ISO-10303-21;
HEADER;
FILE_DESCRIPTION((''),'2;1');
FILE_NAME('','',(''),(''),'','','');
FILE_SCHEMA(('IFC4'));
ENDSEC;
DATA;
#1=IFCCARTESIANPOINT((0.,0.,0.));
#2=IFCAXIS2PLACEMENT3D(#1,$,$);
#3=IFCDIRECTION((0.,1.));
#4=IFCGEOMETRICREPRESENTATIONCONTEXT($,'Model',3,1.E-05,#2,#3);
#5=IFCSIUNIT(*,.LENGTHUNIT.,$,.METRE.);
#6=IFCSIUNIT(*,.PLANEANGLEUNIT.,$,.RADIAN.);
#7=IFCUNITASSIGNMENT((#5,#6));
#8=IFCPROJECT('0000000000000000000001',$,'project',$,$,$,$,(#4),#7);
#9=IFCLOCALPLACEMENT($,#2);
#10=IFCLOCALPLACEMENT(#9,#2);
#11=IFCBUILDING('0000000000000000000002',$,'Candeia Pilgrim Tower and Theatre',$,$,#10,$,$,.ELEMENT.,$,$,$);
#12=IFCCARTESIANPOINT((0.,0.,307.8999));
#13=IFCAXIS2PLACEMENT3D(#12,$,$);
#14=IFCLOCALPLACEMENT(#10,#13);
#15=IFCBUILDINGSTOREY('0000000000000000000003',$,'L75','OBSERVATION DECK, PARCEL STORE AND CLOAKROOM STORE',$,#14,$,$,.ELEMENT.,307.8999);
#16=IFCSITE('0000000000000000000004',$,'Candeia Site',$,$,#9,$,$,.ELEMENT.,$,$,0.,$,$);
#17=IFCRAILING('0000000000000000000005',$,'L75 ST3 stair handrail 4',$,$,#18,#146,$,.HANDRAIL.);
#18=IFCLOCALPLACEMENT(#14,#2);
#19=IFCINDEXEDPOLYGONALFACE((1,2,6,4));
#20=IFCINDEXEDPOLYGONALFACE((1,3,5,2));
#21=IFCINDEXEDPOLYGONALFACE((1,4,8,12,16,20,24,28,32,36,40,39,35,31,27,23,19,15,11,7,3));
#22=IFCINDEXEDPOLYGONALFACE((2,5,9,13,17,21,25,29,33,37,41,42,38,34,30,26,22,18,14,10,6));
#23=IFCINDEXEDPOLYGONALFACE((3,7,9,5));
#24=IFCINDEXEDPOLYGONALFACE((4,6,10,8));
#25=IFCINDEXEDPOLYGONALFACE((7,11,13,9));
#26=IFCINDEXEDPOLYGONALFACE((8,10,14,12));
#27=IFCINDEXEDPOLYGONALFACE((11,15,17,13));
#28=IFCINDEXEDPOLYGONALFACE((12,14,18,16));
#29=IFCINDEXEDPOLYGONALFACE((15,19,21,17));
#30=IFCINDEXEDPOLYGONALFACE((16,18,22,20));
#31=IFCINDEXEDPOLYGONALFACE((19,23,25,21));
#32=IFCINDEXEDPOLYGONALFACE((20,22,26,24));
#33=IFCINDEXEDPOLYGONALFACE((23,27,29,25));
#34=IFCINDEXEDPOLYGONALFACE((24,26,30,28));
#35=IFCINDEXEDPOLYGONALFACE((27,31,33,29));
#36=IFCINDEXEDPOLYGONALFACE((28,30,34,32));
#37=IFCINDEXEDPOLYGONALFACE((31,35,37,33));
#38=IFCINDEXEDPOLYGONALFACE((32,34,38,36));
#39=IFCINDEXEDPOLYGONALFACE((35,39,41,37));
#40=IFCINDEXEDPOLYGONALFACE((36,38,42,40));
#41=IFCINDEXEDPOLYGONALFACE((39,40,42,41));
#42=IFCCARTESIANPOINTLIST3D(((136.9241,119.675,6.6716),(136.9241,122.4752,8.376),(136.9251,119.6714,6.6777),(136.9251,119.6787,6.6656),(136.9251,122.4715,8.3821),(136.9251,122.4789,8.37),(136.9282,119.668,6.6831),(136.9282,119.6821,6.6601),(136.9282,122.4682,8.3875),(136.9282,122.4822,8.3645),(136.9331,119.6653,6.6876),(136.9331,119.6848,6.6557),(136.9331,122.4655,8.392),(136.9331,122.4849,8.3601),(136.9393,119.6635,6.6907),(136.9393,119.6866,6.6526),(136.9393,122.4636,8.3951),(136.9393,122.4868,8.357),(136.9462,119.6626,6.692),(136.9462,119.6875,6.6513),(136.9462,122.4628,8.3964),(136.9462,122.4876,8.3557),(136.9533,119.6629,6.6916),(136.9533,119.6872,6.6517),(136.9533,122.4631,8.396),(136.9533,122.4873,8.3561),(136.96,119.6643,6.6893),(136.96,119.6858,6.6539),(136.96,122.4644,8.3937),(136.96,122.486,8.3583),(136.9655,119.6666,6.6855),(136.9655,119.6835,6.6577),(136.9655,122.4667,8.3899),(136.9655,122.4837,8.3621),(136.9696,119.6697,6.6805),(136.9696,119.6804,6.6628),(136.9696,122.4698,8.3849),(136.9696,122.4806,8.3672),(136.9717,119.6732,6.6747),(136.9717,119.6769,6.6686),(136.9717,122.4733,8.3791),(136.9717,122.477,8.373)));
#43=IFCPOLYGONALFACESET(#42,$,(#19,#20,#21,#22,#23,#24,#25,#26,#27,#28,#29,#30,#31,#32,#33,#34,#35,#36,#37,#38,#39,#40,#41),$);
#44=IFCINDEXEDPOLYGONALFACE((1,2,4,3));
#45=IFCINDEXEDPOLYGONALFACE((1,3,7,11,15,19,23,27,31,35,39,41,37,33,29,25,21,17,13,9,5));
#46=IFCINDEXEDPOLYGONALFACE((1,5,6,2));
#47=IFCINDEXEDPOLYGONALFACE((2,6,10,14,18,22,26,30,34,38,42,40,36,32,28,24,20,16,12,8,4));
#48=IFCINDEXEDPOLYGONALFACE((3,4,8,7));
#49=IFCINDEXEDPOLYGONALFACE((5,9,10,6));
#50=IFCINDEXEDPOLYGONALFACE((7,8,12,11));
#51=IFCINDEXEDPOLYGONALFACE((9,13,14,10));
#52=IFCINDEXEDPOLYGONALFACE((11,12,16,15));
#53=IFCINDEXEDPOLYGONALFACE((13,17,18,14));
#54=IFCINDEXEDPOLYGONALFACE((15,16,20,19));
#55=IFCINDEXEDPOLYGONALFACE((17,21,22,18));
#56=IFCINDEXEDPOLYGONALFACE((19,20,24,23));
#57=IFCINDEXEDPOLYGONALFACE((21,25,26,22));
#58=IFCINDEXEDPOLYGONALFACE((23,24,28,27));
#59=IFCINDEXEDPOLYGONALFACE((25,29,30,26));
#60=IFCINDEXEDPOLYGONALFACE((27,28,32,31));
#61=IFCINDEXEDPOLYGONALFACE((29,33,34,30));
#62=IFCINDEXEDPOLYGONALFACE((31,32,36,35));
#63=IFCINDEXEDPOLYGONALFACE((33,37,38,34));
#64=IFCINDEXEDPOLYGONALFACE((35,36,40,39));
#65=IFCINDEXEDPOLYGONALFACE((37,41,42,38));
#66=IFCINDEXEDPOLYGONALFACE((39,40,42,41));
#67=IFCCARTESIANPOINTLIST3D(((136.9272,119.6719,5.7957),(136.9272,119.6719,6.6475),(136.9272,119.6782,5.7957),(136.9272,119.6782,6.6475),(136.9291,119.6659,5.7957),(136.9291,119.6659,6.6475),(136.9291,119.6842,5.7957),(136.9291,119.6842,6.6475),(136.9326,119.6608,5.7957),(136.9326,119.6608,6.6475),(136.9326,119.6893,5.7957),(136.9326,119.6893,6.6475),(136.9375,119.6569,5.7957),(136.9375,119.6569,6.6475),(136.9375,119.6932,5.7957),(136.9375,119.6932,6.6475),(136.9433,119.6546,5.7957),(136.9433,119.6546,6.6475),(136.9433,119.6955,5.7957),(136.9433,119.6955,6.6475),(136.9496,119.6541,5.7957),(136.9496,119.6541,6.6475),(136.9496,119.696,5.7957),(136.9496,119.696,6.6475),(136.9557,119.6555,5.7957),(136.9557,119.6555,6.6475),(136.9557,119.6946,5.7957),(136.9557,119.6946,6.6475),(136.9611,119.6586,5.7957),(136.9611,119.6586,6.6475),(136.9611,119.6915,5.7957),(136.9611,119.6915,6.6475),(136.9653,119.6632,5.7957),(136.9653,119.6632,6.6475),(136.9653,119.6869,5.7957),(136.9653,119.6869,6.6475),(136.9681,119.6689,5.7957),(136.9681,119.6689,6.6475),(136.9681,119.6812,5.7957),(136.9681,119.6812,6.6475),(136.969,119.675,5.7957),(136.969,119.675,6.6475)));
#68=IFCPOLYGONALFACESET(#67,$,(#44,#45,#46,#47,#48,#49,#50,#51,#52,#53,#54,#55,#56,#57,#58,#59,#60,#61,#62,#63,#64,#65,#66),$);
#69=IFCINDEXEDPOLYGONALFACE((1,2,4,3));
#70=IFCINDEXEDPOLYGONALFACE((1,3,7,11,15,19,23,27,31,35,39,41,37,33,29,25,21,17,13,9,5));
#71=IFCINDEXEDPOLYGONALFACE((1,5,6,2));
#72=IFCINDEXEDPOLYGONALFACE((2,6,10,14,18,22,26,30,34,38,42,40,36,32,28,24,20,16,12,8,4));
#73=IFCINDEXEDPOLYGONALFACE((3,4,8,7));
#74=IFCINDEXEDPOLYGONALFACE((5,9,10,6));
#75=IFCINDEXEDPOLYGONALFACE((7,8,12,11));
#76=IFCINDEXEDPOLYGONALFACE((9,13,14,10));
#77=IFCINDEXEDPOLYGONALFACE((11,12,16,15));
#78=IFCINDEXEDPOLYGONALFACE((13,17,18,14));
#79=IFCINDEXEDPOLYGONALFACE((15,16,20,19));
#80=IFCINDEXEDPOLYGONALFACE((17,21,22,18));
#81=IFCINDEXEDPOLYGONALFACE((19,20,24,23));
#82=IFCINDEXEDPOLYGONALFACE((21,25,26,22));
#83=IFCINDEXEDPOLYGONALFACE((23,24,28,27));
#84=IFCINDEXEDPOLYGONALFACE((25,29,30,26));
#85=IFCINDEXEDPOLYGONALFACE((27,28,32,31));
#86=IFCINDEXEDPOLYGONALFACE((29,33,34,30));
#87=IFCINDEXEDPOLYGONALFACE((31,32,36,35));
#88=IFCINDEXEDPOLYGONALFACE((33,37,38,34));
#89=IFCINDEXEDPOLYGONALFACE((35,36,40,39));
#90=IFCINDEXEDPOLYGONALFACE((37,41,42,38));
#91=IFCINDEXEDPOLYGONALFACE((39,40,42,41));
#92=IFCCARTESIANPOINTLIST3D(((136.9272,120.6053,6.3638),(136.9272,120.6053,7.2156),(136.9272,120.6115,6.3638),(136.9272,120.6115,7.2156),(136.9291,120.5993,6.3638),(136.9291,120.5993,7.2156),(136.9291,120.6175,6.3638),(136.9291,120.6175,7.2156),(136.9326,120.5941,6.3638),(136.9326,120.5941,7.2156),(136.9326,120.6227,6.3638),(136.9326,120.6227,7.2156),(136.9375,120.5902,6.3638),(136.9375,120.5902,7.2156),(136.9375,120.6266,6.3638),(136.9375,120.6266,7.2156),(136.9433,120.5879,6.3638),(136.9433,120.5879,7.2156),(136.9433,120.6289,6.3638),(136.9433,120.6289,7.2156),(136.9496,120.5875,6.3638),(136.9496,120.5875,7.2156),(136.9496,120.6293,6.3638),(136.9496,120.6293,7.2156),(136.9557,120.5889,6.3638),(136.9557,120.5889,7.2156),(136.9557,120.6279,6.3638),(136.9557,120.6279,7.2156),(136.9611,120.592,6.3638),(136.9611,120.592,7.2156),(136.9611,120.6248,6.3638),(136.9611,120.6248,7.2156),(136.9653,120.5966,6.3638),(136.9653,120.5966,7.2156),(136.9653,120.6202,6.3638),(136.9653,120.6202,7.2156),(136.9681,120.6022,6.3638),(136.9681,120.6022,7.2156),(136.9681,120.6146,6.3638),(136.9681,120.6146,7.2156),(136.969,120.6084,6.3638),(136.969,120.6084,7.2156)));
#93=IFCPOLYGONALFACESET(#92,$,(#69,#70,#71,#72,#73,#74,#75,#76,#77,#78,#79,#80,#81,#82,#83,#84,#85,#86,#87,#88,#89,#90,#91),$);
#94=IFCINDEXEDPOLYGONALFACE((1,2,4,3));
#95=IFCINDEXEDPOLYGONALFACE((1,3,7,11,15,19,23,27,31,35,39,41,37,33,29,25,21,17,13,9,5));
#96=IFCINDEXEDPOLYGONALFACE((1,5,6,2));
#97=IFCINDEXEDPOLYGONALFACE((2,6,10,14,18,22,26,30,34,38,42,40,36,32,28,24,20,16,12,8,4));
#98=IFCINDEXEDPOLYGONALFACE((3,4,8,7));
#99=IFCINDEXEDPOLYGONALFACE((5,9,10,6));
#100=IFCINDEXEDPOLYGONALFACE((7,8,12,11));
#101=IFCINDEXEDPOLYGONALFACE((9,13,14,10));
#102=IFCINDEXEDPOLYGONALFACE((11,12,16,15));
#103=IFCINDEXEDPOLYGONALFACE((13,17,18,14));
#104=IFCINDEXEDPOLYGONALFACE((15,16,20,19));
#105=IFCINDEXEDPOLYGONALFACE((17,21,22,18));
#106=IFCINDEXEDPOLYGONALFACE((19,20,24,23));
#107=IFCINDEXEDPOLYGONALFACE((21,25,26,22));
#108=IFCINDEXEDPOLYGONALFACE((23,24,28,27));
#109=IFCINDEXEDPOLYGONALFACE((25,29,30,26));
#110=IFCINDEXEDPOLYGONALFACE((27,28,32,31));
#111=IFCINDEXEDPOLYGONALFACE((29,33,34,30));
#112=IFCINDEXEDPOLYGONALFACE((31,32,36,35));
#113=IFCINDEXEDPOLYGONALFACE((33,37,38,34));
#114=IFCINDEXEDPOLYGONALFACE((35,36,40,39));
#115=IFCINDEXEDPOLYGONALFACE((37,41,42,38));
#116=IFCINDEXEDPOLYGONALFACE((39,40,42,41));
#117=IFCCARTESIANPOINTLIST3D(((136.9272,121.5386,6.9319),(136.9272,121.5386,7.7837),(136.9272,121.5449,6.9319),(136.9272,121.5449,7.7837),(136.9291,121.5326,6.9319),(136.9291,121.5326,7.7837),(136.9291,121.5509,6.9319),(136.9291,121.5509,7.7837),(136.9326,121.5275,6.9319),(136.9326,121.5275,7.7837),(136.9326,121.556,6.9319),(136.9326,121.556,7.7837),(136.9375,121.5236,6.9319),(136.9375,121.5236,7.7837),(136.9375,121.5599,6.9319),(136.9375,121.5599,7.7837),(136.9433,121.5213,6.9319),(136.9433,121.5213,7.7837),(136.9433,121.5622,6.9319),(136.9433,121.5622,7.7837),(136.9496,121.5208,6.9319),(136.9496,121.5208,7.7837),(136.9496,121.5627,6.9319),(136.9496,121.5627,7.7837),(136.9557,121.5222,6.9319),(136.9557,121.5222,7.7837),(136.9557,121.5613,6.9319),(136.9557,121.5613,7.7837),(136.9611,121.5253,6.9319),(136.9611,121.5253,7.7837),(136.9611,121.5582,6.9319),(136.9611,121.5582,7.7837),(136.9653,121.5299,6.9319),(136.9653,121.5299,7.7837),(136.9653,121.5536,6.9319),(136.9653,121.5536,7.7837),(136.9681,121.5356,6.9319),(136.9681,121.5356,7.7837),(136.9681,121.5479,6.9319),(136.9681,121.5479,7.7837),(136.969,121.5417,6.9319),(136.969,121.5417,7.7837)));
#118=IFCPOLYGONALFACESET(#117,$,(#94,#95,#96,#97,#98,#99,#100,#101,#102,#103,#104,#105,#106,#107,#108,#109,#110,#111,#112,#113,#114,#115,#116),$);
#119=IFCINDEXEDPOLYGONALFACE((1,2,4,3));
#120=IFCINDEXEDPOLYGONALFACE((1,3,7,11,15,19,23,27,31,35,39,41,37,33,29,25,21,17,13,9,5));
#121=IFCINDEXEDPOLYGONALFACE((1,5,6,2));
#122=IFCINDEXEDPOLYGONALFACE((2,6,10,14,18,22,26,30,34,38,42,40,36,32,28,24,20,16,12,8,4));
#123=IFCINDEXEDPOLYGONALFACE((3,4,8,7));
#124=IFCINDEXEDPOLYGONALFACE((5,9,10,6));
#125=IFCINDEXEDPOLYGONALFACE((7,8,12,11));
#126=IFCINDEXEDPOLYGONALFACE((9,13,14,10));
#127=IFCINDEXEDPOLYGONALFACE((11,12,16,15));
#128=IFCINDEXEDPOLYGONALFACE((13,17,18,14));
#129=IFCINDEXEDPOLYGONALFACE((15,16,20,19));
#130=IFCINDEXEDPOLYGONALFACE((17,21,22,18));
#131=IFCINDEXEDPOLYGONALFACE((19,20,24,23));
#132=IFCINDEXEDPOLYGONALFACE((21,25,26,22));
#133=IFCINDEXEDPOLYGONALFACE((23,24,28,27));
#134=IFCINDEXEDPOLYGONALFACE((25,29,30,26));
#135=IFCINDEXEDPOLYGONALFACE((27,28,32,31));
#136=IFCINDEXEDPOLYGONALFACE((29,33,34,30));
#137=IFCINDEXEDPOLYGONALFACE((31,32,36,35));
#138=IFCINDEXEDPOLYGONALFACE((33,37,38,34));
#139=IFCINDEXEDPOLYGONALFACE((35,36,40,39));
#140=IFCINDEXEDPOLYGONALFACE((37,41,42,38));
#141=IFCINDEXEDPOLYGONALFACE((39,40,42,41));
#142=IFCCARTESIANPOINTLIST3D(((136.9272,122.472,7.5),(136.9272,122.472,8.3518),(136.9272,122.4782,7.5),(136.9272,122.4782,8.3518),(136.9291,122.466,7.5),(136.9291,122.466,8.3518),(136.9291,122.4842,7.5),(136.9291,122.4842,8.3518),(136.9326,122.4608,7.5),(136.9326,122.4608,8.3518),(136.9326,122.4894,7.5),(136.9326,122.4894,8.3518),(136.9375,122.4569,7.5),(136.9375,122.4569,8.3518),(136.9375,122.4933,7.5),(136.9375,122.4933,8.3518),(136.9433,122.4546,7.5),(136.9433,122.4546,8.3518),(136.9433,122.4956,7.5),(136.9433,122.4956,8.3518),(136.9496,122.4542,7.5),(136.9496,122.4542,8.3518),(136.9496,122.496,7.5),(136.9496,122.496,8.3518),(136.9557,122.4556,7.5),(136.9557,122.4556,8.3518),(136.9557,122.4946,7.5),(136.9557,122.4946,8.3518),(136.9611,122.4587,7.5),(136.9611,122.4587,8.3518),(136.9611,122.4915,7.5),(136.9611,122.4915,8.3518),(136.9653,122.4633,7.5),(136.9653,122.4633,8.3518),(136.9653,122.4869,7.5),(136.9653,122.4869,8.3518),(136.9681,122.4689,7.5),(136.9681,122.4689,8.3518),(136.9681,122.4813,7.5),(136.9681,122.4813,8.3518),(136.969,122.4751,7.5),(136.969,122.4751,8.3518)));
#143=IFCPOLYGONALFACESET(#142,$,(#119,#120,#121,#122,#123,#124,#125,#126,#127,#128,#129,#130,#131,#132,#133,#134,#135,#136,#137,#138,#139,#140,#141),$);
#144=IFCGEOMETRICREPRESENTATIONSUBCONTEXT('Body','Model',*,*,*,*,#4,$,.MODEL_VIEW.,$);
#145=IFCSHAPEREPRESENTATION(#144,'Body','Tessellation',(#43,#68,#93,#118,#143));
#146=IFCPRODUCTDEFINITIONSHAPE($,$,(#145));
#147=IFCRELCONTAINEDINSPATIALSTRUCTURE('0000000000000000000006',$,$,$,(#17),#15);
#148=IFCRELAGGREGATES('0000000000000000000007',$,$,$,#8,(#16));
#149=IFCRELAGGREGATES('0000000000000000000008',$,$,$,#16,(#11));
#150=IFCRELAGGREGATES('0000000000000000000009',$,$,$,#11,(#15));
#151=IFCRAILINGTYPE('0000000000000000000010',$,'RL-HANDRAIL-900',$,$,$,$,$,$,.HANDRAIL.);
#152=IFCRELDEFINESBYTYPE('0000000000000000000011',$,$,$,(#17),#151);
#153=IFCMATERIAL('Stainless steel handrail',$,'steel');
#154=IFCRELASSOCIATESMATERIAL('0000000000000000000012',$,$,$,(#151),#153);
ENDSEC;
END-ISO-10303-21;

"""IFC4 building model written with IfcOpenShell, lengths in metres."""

from ifc_helpers import new_model, si_unit, direction, frame, origin, origin_2d, place, context, subcontext, project, spatial, circle, extrude, material, type_object, element, save


model = new_model("IFC4")

# Units and contexts
model_context = context("Model", 3, precision=1e-05, world=origin(), true_north=direction((0.0, 1.0)))
body_context = subcontext(model_context, "Body", "Model", "MODEL_VIEW")
ifc_project = project(units=[si_unit("LENGTHUNIT", "METRE"), si_unit("PLANEANGLEUNIT", "RADIAN")], contexts=[model_context])

# Site, building, storey
site_placement = place(None, origin())
site = spatial("IfcSite", under=ifc_project, at=site_placement, Name="Candeia Site", CompositionType="ELEMENT", RefElevation=0.0)
building_placement = place(site_placement, origin())
building = spatial("IfcBuilding", under=site, at=building_placement, Name="Candeia Pilgrim Tower and Theatre", CompositionType="ELEMENT")
storey_placement = place(building_placement, frame((0.0, 0.0, 307.8999)))
storey = spatial("IfcBuildingStorey", under=building, at=storey_placement, Name="L75", Description="OBSERVATION DECK, PARCEL STORE AND CLOAKROOM STORE", CompositionType="ELEMENT", Elevation=307.8999)

# Railing
ifc_material_1 = material(Name="Stainless steel handrail", Category="steel")
railing_type_1 = type_object("IfcRailingType", Name="RL-HANDRAIL-900", PredefinedType="HANDRAIL", material=ifc_material_1)
railing_1_placement = place(storey_placement, frame((136.948, 119.675, 5.7957)))
element("IfcRailing", 1, at=railing_1_placement, inside=storey, type_object=railing_type_1, Name="L75 ST3 stair handrail 4", PredefinedType="HANDRAIL", context=body_context, shape_type="SweptSolid", body=[
    extrude(circle(Radius=0.0239, at=origin_2d()), frame((0.0, 0.0, 0.876), z_axis=(0.0, 0.854203, 0.51994), x_axis=(-1.0, 0.0, 0.0)), (0.0, 0.0, 1.0), 3.2781),
    extrude(circle(Radius=0.021, at=origin_2d()), origin(), (0.0, 0.0, 1.0), 0.8518),
    extrude(circle(Radius=0.021, at=origin_2d()), frame((0.0, 0.9333, 0.5681)), (0.0, 0.0, 1.0), 0.8518),
    extrude(circle(Radius=0.021, at=origin_2d()), frame((0.0, 1.8667, 1.1362)), (0.0, 0.0, 1.0), 0.8518),
    extrude(circle(Radius=0.021, at=origin_2d()), frame((0.0, 2.8, 1.7043)), (0.0, 0.0, 1.0), 0.8518),
])

save(model, "model.ifc")
